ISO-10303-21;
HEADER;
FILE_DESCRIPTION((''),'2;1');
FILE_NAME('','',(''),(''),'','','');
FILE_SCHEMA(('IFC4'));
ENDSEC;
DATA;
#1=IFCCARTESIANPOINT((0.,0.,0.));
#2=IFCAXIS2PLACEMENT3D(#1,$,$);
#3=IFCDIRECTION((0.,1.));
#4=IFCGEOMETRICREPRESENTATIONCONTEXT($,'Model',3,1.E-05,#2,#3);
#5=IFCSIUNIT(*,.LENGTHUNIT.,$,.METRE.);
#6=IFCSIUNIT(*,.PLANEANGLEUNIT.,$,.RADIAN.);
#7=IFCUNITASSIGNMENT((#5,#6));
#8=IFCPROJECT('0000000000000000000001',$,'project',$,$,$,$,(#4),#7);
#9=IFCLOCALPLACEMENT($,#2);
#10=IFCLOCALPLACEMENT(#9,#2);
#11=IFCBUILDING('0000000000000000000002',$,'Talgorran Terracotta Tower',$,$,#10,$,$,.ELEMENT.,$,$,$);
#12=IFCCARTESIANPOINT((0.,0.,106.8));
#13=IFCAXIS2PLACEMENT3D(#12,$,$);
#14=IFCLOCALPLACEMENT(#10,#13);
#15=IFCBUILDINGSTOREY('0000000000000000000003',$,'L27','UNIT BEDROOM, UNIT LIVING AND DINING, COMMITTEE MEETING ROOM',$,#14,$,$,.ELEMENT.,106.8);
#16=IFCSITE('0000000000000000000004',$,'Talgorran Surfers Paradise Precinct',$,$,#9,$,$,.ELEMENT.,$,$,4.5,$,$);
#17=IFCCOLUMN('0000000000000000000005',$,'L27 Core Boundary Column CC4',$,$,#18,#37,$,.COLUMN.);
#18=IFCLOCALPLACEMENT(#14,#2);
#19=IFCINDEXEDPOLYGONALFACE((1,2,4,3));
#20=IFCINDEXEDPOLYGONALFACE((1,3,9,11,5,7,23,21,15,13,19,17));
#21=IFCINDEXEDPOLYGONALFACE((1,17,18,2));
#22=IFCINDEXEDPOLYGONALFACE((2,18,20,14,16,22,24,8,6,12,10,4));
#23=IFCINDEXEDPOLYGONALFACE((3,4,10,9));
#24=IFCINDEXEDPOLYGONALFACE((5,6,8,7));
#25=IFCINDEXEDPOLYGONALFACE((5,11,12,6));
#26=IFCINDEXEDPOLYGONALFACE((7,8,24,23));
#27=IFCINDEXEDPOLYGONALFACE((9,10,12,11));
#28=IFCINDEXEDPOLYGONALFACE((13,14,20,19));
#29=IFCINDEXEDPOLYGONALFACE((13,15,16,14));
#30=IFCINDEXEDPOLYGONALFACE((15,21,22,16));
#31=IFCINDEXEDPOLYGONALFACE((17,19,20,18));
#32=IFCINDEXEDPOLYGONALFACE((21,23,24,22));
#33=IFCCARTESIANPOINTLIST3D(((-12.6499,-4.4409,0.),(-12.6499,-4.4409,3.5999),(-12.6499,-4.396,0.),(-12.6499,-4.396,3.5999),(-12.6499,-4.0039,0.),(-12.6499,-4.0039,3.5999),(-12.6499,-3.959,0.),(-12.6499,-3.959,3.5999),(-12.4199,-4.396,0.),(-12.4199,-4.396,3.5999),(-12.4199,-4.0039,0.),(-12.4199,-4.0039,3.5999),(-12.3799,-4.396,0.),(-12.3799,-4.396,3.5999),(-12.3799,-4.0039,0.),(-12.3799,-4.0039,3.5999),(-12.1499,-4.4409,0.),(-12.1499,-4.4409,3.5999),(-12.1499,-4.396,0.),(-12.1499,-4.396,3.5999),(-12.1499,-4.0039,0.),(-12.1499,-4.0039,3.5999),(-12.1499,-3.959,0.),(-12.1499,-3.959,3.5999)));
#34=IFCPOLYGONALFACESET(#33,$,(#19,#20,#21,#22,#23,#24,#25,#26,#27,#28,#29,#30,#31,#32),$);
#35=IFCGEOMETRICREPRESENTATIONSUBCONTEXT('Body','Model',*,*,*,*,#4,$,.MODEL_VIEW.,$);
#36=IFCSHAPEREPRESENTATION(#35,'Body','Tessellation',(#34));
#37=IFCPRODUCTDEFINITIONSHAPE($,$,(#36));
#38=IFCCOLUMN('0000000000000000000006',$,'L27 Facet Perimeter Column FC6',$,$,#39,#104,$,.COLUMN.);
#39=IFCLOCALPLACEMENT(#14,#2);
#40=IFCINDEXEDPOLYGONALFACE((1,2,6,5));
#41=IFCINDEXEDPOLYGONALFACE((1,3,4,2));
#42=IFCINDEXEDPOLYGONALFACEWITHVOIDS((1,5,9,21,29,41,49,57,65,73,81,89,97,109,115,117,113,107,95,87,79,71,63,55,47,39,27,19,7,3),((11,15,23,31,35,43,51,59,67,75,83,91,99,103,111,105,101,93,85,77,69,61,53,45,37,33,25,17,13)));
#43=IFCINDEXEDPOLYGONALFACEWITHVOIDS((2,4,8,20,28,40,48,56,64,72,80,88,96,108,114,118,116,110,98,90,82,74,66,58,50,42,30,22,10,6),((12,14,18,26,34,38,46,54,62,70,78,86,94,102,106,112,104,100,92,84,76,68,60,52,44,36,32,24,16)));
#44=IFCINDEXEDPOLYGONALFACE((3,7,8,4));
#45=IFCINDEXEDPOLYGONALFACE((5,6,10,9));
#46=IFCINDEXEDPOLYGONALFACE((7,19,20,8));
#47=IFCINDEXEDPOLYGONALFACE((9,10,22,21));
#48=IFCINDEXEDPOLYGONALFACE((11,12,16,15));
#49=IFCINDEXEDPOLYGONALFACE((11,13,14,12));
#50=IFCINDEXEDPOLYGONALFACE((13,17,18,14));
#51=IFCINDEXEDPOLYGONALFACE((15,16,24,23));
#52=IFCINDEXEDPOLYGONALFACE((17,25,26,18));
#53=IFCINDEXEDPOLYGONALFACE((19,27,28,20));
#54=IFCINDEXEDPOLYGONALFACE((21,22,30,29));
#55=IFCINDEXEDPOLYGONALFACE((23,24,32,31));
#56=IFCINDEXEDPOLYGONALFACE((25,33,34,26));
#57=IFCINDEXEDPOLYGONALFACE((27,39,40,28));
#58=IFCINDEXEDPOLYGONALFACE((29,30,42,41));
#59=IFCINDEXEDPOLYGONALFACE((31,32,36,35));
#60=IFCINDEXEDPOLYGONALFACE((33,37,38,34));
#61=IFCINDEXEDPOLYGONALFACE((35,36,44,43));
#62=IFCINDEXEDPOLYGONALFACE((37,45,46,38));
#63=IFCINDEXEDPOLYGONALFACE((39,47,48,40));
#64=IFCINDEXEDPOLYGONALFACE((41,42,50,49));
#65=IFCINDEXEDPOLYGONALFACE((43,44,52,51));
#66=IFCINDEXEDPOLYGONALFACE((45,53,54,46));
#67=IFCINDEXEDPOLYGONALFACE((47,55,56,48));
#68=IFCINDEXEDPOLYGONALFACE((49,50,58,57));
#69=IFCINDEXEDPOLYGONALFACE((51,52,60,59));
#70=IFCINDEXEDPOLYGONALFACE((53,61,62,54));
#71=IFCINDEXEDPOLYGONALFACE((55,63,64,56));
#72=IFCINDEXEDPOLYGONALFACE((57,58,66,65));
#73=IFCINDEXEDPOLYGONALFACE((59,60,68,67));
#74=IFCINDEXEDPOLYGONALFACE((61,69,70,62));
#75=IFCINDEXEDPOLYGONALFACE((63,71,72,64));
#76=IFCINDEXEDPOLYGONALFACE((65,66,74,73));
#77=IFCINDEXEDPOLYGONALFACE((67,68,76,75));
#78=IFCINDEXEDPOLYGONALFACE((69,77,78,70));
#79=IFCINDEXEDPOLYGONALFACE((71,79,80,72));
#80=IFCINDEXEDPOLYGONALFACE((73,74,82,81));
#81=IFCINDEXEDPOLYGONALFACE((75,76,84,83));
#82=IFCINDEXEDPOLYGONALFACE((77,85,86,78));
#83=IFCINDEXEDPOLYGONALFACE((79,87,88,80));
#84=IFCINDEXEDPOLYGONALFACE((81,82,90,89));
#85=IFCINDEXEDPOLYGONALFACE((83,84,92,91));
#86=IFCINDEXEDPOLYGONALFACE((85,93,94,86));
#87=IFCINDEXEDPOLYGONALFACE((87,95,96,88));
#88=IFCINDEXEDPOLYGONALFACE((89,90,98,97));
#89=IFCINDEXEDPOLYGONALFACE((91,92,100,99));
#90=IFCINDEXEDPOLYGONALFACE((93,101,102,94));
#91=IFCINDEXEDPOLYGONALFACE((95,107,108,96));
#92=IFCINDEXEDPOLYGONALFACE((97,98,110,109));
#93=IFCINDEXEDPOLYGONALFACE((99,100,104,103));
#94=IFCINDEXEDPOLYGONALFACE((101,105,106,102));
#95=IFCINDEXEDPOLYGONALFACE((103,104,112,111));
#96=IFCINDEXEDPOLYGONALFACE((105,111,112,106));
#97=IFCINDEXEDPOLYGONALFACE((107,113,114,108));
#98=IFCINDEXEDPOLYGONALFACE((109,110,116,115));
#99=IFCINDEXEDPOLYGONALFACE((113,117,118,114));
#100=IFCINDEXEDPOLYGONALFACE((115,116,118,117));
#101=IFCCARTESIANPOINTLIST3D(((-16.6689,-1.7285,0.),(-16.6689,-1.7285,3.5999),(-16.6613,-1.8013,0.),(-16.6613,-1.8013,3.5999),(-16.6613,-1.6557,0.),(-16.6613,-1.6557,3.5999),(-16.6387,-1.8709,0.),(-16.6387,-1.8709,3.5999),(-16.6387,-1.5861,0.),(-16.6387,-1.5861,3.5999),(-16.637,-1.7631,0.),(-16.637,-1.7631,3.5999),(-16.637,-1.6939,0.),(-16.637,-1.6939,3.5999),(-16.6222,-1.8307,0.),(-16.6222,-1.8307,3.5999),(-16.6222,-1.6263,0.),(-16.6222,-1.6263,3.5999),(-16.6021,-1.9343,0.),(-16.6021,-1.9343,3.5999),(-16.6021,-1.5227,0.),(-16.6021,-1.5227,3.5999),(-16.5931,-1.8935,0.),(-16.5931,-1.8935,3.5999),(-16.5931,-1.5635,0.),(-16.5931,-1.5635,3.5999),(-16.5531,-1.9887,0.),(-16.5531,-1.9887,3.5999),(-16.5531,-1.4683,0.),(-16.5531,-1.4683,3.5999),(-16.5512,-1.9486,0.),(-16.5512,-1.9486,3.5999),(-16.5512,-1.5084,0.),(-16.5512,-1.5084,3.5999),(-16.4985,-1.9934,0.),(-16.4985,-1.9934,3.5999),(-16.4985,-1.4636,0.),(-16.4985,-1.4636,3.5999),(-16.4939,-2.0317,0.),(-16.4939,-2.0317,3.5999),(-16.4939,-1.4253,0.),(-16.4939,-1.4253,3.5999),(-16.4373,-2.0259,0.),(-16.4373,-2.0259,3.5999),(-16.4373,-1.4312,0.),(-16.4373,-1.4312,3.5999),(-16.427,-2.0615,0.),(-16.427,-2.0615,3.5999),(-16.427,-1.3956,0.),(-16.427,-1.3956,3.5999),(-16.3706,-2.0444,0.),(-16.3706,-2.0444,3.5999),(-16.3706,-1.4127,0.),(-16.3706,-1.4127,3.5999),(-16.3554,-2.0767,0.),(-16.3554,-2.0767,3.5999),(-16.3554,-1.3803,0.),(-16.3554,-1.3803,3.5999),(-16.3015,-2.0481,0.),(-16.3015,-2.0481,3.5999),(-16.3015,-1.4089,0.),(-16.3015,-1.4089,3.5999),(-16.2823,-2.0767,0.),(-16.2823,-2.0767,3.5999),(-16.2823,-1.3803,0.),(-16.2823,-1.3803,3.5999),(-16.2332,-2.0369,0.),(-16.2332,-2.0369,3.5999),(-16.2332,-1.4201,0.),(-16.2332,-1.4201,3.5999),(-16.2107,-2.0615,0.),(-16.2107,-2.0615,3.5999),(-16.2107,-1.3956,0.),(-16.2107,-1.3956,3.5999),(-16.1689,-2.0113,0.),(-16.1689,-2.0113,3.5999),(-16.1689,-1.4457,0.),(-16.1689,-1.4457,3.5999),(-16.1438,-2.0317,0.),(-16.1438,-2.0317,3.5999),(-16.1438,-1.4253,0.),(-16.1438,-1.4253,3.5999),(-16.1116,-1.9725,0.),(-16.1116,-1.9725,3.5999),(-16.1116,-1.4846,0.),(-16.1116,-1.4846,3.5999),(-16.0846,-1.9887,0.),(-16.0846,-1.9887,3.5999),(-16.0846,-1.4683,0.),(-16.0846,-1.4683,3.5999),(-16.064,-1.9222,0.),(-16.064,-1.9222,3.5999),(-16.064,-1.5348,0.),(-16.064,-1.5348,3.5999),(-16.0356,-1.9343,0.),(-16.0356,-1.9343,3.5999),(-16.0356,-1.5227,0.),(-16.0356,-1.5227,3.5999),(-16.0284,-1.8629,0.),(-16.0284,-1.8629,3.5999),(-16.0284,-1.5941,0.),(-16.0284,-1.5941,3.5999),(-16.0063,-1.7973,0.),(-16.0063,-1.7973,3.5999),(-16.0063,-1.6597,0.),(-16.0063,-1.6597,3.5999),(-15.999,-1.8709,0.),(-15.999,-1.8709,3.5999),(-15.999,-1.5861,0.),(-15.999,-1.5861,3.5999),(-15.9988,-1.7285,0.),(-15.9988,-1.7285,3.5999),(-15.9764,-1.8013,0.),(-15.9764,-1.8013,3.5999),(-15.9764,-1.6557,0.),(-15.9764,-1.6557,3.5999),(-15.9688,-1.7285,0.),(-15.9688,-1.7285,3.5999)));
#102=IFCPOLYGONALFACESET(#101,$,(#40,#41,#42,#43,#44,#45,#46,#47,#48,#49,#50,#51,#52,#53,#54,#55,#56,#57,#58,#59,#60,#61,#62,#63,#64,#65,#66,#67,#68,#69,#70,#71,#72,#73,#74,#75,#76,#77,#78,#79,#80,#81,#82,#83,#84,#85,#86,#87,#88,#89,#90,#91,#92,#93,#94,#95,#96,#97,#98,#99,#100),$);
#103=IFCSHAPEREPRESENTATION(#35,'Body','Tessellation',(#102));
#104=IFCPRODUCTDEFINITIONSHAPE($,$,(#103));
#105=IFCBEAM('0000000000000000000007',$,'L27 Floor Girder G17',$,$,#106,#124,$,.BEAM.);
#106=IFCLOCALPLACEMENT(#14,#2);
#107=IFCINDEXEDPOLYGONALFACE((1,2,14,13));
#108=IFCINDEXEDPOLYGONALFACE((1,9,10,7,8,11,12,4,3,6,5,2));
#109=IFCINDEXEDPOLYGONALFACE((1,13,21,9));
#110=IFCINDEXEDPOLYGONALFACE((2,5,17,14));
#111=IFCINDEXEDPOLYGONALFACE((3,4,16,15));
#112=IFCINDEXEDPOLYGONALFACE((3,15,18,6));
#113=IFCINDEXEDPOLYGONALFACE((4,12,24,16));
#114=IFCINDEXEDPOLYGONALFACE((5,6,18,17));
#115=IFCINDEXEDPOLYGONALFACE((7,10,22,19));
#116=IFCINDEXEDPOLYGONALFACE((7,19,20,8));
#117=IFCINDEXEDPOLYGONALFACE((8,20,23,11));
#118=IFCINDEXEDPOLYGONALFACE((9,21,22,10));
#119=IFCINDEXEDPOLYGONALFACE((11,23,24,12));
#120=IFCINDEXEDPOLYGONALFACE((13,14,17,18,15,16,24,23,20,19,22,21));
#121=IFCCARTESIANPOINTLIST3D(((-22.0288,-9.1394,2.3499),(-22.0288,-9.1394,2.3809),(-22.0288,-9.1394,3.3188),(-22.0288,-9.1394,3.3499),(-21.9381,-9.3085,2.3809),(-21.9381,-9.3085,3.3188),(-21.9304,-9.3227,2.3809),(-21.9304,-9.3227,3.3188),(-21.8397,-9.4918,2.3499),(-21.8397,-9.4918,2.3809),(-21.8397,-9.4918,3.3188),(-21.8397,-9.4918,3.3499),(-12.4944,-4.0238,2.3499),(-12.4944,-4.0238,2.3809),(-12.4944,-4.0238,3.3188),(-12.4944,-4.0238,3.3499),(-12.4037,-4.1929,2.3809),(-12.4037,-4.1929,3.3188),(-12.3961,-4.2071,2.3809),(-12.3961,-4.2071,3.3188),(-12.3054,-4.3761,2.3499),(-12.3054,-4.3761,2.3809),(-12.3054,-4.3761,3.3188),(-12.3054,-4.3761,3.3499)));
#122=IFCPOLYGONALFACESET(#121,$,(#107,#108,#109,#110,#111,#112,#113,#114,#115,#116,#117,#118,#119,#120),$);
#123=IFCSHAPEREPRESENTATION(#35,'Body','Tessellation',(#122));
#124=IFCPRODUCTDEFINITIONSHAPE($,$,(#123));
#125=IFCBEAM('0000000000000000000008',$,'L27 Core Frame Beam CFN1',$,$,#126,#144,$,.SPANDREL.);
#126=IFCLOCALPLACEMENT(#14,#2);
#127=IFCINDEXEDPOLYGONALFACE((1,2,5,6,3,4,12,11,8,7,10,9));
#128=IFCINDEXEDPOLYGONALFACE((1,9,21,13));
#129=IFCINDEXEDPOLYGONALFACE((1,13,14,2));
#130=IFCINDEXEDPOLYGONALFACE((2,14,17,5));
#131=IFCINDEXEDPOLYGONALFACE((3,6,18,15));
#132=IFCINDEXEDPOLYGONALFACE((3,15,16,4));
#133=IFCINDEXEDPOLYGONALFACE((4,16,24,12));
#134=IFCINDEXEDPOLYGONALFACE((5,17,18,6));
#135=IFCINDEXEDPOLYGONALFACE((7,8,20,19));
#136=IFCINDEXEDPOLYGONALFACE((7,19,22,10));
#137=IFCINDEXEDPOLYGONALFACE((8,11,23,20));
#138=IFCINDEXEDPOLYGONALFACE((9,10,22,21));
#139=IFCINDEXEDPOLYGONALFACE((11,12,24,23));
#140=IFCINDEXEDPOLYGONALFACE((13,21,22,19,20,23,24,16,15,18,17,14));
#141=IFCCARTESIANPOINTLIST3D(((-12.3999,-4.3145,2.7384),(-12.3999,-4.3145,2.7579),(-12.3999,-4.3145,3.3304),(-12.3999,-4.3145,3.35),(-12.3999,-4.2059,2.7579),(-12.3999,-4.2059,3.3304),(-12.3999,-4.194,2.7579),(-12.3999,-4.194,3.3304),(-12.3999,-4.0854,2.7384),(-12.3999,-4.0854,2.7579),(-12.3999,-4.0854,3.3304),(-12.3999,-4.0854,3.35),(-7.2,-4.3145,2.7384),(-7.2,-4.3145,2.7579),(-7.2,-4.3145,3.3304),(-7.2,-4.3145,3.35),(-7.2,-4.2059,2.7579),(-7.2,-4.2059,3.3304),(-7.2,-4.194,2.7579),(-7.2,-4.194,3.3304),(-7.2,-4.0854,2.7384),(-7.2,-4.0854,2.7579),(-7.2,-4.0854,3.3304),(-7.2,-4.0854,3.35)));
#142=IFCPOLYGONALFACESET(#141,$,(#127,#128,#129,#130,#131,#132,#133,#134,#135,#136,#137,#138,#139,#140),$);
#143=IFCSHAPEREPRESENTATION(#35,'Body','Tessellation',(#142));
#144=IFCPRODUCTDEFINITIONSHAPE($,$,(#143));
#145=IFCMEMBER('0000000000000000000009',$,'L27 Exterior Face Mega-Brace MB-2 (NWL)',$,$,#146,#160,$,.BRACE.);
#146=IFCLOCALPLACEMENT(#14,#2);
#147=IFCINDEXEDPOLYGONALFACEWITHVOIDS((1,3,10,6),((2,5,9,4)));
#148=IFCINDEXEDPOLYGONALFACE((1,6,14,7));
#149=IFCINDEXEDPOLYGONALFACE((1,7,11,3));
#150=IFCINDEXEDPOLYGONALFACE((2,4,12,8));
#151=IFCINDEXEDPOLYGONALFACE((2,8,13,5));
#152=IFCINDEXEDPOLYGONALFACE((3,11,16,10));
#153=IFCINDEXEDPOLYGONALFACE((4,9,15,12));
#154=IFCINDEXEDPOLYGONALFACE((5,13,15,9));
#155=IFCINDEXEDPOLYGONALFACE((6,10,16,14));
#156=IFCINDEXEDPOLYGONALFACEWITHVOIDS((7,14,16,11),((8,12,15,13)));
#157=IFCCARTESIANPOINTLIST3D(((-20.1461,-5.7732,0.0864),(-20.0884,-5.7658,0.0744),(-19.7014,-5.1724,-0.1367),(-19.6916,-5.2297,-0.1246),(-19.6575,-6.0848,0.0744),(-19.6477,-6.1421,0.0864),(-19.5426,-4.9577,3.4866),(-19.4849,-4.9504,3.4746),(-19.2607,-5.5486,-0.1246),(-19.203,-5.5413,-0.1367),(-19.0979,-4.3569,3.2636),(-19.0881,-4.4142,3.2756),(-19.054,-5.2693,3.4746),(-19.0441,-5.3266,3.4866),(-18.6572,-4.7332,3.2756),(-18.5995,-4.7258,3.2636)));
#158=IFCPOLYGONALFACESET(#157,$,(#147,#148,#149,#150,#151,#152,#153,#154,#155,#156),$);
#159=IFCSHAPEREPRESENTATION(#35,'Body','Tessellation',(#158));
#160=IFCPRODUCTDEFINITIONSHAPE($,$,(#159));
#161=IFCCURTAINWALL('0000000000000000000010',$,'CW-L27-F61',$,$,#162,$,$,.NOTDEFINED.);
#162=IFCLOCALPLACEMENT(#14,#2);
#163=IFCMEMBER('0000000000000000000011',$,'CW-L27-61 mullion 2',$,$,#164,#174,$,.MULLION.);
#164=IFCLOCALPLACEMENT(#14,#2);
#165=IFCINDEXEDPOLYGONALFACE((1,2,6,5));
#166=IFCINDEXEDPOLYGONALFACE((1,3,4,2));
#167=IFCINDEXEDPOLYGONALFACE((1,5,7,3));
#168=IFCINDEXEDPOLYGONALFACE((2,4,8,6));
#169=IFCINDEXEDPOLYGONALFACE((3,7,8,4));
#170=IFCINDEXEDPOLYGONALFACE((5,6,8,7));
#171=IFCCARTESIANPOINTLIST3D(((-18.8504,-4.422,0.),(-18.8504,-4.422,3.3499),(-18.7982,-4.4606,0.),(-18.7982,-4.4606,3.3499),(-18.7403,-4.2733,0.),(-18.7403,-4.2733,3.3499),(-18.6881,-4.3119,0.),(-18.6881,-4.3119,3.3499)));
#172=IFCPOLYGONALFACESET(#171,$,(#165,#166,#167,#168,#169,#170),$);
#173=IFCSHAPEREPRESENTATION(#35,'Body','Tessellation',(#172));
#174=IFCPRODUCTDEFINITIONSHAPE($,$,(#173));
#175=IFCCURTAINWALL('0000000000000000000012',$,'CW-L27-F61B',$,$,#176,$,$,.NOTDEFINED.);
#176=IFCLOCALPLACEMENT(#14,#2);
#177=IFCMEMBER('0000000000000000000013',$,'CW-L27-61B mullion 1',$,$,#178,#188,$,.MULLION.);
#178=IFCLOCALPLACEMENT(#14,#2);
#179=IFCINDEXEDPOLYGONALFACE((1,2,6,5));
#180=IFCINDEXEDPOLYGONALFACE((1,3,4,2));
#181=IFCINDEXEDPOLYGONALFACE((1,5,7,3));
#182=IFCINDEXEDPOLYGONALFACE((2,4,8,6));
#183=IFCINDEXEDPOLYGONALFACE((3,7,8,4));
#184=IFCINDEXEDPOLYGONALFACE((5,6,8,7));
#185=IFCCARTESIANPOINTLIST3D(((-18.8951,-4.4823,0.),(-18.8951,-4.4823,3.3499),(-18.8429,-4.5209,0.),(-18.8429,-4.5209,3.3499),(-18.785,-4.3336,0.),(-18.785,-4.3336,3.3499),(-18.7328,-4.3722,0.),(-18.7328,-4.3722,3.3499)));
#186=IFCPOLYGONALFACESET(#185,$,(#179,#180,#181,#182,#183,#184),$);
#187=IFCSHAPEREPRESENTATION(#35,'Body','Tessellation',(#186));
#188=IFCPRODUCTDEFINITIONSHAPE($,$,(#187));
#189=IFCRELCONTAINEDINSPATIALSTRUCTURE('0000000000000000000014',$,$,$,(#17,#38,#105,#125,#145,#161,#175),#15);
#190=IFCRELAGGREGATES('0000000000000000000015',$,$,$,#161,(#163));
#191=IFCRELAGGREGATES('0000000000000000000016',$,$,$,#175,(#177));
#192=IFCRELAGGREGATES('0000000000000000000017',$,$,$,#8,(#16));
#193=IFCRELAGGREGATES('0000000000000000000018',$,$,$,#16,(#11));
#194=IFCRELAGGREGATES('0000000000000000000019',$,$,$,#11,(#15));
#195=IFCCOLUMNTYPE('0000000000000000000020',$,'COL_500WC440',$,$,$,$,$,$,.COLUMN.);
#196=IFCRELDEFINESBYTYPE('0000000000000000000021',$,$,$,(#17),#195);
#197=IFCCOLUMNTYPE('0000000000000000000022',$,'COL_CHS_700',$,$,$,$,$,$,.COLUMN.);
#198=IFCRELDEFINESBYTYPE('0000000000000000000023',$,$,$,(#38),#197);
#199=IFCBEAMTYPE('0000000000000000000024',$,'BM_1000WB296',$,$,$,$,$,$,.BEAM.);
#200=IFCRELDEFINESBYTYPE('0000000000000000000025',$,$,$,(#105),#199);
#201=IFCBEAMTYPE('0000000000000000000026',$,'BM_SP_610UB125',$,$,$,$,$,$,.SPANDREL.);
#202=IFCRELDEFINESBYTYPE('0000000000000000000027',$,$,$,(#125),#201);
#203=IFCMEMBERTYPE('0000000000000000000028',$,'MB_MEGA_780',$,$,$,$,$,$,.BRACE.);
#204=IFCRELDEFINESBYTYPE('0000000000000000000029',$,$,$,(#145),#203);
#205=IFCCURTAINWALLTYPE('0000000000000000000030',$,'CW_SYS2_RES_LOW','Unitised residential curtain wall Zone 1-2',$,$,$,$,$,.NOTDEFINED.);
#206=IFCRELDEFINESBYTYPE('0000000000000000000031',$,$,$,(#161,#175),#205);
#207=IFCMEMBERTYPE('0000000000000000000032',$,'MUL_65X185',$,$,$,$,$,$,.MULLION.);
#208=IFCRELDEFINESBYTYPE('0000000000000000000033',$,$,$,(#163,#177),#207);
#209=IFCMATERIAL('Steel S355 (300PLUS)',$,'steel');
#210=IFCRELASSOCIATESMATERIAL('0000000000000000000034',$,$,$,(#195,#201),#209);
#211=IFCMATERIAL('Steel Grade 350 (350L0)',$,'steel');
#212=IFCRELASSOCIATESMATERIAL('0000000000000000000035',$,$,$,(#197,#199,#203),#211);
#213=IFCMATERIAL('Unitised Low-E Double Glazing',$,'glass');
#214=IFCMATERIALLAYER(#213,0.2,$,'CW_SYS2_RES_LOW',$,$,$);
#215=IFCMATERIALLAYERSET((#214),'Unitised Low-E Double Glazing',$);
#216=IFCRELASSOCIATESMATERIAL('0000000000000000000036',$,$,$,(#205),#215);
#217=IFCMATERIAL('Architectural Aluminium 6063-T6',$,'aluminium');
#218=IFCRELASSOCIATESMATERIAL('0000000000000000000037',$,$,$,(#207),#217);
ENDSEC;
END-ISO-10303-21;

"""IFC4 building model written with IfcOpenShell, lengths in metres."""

from ifc_helpers import new_model, si_unit, direction, frame, origin, origin_2d, place, context, subcontext, project, spatial, rectangle, hollow_rectangle, hollow_circle, i_section, extrude, material, layer, layer_set, material_profile, profile_set, type_object, element, aggregate, save


model = new_model("IFC4")

# Units and contexts
model_context = context("Model", 3, precision=1e-05, world=origin(), true_north=direction((0.0, 1.0)))
body_context = subcontext(model_context, "Body", "Model", "MODEL_VIEW")
ifc_project = project(units=[si_unit("LENGTHUNIT", "METRE"), si_unit("PLANEANGLEUNIT", "RADIAN")], contexts=[model_context])

# Site, building, storey
site_placement = place(None, origin())
site = spatial("IfcSite", under=ifc_project, at=site_placement, Name="Talgorran Surfers Paradise Precinct", CompositionType="ELEMENT", RefElevation=4.5)
building_placement = place(site_placement, origin())
building = spatial("IfcBuilding", under=site, at=building_placement, Name="Talgorran Terracotta Tower", CompositionType="ELEMENT")
storey_placement = place(building_placement, frame((0.0, 0.0, 106.8)))
storey = spatial("IfcBuildingStorey", under=building, at=storey_placement, Name="L27", Description="UNIT BEDROOM, UNIT LIVING AND DINING, COMMITTEE MEETING ROOM", CompositionType="ELEMENT", Elevation=106.8)

# Columns
ifc_material_1 = material(Name="Steel S355 (300PLUS)", Category="steel")
ifc_material_profile_1 = material_profile(ifc_material_1, i_section(OverallWidth=0.5, OverallDepth=0.4819, WebThickness=0.04, FlangeThickness=0.0449, at=origin_2d()), Name="500WC440")
ifc_profile_set_1 = profile_set([ifc_material_profile_1], Name="Steel S355 (300PLUS)")
column_type_1 = type_object("IfcColumnType", Name="COL_500WC440", PredefinedType="COLUMN", material=ifc_profile_set_1)
column_1_placement = place(storey_placement, frame((-12.3999, -4.2, 0.0), z_axis=(0.0, 0.0, 1.0), x_axis=(1.0, 0.0, 0.0)))
element("IfcColumn", 1, at=column_1_placement, inside=storey, type_object=column_type_1, Name="L27 Core Boundary Column CC4", PredefinedType="COLUMN", context=body_context, shape_type="SweptSolid", body=[
    extrude(i_section(OverallWidth=0.5, OverallDepth=0.4819, WebThickness=0.04, FlangeThickness=0.0449, at=origin_2d()), origin(), (0.0, 0.0, 1.0), 3.5999),
])
ifc_material_2 = material(Name="Steel Grade 350 (350L0)", Category="steel")
ifc_material_profile_2 = material_profile(ifc_material_2, hollow_circle(Radius=0.3501, WallThickness=0.03, at=origin_2d()), Name="CHS700X30")
ifc_profile_set_2 = profile_set([ifc_material_profile_2], Name="Steel Grade 350 (350L0)")
column_type_2 = type_object("IfcColumnType", Name="COL_CHS_700", PredefinedType="COLUMN", material=ifc_profile_set_2)
column_2_placement = place(storey_placement, frame((-16.3188, -1.7285, 0.0), z_axis=(0.0, 0.0, 1.0), x_axis=(1.0, 0.0, 0.0)))
element("IfcColumn", 2, at=column_2_placement, inside=storey, type_object=column_type_2, Name="L27 Facet Perimeter Column FC6", PredefinedType="COLUMN", context=body_context, shape_type="SweptSolid", body=[
    extrude(hollow_circle(Radius=0.3501, WallThickness=0.03, at=origin_2d()), origin(), (0.0, 0.0, 1.0), 3.5999),
])

# Beams
ifc_material_profile_3 = material_profile(ifc_material_2, i_section(OverallWidth=0.3999, OverallDepth=1.0, WebThickness=0.0161, FlangeThickness=0.031, at=origin_2d()), Name="1000WB296")
ifc_profile_set_3 = profile_set([ifc_material_profile_3], Name="Steel Grade 350 (350L0)")
beam_type_1 = type_object("IfcBeamType", Name="BM_1000WB296", PredefinedType="BEAM", material=ifc_profile_set_3)
beam_1_placement = place(storey_placement, frame((-12.3999, -4.2, 2.8499), z_axis=(-0.881172, -0.472795, 0.0), x_axis=(0.472795, -0.881172, 0.0)))
element("IfcBeam", 3, at=beam_1_placement, inside=storey, type_object=beam_type_1, Name="L27 Floor Girder G17", PredefinedType="BEAM", context=body_context, shape_type="SweptSolid", body=[
    extrude(i_section(OverallWidth=0.3999, OverallDepth=1.0, WebThickness=0.0161, FlangeThickness=0.031, at=origin_2d()), origin(), (0.0, 0.0, 1.0), 10.8201),
])
ifc_material_profile_4 = material_profile(ifc_material_1, i_section(OverallWidth=0.229, OverallDepth=0.6116, WebThickness=0.012, FlangeThickness=0.0195, at=origin_2d()), Name="610UB125")
ifc_profile_set_4 = profile_set([ifc_material_profile_4], Name="Steel S355 (300PLUS)")
beam_type_2 = type_object("IfcBeamType", Name="BM_SP_610UB125", PredefinedType="SPANDREL", material=ifc_profile_set_4)
beam_2_placement = place(storey_placement, frame((-12.3999, -4.2, 3.0442), z_axis=(1.0, 0.0, 0.0), x_axis=(0.0, 1.0, 0.0)))
element("IfcBeam", 4, at=beam_2_placement, inside=storey, type_object=beam_type_2, Name="L27 Core Frame Beam CFN1", PredefinedType="SPANDREL", context=body_context, shape_type="SweptSolid", body=[
    extrude(i_section(OverallWidth=0.229, OverallDepth=0.6116, WebThickness=0.012, FlangeThickness=0.0195, at=origin_2d()), origin(), (0.0, 0.0, 1.0), 5.2),
])

# Member
ifc_material_profile_5 = material_profile(ifc_material_2, hollow_rectangle(XDim=0.6201, YDim=0.78, WallThickness=0.042, at=origin_2d()), Name="WBOX780X620X42")
ifc_profile_set_5 = profile_set([ifc_material_profile_5], Name="Steel Grade 350 (350L0)")
member_type_1 = type_object("IfcMemberType", Name="MB_MEGA_780", PredefinedType="BRACE", material=ifc_profile_set_5)
member_1_placement = place(storey_placement, frame((-19.6746, -5.6572, -0.0251), z_axis=(0.170088, 0.229811, 0.958257), x_axis=(-0.803796, 0.594905, 0.0)))
element("IfcMember", 5, at=member_1_placement, inside=storey, type_object=member_type_1, Name="L27 Exterior Face Mega-Brace MB-2 (NWL)", PredefinedType="BRACE", context=body_context, shape_type="SweptSolid", body=[
    extrude(hollow_rectangle(XDim=0.6201, YDim=0.78, WallThickness=0.042, at=origin_2d()), origin(), (0.0, 0.0, 1.0), 3.5483),
])

# Curtain wall, member
ifc_material_3 = material(Name="Unitised Low-E Double Glazing", Category="glass")
ifc_layer_1 = layer(ifc_material_3, 0.2, Name="CW_SYS2_RES_LOW")
ifc_layer_set_1 = layer_set([ifc_layer_1], Name="Unitised Low-E Double Glazing")
curtain_wall_type = type_object("IfcCurtainWallType", Name="CW_SYS2_RES_LOW", Description="Unitised residential curtain wall Zone 1-2", PredefinedType="NOTDEFINED", material=ifc_layer_set_1)
curtain_wall_1_placement = place(storey_placement, origin())
curtain_wall_1 = element("IfcCurtainWall", 6, at=curtain_wall_1_placement, inside=storey, type_object=curtain_wall_type, Name="CW-L27-F61", PredefinedType="NOTDEFINED")
ifc_material_4 = material(Name="Architectural Aluminium 6063-T6", Category="aluminium")
ifc_material_profile_6 = material_profile(ifc_material_4, rectangle(XDim=0.0649, YDim=0.1851, at=origin_2d()), Name="CWM65X185")
ifc_profile_set_6 = profile_set([ifc_material_profile_6], Name="Architectural Aluminium 6063-T6")
member_type_2 = type_object("IfcMemberType", Name="MUL_65X185", PredefinedType="MULLION", material=ifc_profile_set_6)
member_2_placement = place(storey_placement, frame((-18.7693, -4.3669, 0.0), z_axis=(0.0, 0.0, 1.0), x_axis=(0.803792, -0.59491, 0.0)))
member_2 = element("IfcMember", 7, at=member_2_placement, type_object=member_type_2, Name="CW-L27-61 mullion 2", PredefinedType="MULLION", context=body_context, shape_type="SweptSolid", body=[
    extrude(rectangle(XDim=0.0649, YDim=0.1851, at=origin_2d()), origin(), (0.0, 0.0, 1.0), 3.3499),
])
aggregate(curtain_wall_1, [member_2])

# Curtain wall, member
curtain_wall_2_placement = place(storey_placement, origin())
curtain_wall_2 = element("IfcCurtainWall", 8, at=curtain_wall_2_placement, inside=storey, type_object=curtain_wall_type, Name="CW-L27-F61B", PredefinedType="NOTDEFINED")
member_3_placement = place(storey_placement, frame((-18.814, -4.4272, 0.0), z_axis=(0.0, 0.0, 1.0), x_axis=(0.803783, -0.594922, 0.0)))
member_3 = element("IfcMember", 9, at=member_3_placement, type_object=member_type_2, Name="CW-L27-61B mullion 1", PredefinedType="MULLION", context=body_context, shape_type="SweptSolid", body=[
    extrude(rectangle(XDim=0.0649, YDim=0.1851, at=origin_2d()), origin(), (0.0, 0.0, 1.0), 3.3499),
])

aggregate(curtain_wall_2, [member_3])

save(model, "model.ifc")
